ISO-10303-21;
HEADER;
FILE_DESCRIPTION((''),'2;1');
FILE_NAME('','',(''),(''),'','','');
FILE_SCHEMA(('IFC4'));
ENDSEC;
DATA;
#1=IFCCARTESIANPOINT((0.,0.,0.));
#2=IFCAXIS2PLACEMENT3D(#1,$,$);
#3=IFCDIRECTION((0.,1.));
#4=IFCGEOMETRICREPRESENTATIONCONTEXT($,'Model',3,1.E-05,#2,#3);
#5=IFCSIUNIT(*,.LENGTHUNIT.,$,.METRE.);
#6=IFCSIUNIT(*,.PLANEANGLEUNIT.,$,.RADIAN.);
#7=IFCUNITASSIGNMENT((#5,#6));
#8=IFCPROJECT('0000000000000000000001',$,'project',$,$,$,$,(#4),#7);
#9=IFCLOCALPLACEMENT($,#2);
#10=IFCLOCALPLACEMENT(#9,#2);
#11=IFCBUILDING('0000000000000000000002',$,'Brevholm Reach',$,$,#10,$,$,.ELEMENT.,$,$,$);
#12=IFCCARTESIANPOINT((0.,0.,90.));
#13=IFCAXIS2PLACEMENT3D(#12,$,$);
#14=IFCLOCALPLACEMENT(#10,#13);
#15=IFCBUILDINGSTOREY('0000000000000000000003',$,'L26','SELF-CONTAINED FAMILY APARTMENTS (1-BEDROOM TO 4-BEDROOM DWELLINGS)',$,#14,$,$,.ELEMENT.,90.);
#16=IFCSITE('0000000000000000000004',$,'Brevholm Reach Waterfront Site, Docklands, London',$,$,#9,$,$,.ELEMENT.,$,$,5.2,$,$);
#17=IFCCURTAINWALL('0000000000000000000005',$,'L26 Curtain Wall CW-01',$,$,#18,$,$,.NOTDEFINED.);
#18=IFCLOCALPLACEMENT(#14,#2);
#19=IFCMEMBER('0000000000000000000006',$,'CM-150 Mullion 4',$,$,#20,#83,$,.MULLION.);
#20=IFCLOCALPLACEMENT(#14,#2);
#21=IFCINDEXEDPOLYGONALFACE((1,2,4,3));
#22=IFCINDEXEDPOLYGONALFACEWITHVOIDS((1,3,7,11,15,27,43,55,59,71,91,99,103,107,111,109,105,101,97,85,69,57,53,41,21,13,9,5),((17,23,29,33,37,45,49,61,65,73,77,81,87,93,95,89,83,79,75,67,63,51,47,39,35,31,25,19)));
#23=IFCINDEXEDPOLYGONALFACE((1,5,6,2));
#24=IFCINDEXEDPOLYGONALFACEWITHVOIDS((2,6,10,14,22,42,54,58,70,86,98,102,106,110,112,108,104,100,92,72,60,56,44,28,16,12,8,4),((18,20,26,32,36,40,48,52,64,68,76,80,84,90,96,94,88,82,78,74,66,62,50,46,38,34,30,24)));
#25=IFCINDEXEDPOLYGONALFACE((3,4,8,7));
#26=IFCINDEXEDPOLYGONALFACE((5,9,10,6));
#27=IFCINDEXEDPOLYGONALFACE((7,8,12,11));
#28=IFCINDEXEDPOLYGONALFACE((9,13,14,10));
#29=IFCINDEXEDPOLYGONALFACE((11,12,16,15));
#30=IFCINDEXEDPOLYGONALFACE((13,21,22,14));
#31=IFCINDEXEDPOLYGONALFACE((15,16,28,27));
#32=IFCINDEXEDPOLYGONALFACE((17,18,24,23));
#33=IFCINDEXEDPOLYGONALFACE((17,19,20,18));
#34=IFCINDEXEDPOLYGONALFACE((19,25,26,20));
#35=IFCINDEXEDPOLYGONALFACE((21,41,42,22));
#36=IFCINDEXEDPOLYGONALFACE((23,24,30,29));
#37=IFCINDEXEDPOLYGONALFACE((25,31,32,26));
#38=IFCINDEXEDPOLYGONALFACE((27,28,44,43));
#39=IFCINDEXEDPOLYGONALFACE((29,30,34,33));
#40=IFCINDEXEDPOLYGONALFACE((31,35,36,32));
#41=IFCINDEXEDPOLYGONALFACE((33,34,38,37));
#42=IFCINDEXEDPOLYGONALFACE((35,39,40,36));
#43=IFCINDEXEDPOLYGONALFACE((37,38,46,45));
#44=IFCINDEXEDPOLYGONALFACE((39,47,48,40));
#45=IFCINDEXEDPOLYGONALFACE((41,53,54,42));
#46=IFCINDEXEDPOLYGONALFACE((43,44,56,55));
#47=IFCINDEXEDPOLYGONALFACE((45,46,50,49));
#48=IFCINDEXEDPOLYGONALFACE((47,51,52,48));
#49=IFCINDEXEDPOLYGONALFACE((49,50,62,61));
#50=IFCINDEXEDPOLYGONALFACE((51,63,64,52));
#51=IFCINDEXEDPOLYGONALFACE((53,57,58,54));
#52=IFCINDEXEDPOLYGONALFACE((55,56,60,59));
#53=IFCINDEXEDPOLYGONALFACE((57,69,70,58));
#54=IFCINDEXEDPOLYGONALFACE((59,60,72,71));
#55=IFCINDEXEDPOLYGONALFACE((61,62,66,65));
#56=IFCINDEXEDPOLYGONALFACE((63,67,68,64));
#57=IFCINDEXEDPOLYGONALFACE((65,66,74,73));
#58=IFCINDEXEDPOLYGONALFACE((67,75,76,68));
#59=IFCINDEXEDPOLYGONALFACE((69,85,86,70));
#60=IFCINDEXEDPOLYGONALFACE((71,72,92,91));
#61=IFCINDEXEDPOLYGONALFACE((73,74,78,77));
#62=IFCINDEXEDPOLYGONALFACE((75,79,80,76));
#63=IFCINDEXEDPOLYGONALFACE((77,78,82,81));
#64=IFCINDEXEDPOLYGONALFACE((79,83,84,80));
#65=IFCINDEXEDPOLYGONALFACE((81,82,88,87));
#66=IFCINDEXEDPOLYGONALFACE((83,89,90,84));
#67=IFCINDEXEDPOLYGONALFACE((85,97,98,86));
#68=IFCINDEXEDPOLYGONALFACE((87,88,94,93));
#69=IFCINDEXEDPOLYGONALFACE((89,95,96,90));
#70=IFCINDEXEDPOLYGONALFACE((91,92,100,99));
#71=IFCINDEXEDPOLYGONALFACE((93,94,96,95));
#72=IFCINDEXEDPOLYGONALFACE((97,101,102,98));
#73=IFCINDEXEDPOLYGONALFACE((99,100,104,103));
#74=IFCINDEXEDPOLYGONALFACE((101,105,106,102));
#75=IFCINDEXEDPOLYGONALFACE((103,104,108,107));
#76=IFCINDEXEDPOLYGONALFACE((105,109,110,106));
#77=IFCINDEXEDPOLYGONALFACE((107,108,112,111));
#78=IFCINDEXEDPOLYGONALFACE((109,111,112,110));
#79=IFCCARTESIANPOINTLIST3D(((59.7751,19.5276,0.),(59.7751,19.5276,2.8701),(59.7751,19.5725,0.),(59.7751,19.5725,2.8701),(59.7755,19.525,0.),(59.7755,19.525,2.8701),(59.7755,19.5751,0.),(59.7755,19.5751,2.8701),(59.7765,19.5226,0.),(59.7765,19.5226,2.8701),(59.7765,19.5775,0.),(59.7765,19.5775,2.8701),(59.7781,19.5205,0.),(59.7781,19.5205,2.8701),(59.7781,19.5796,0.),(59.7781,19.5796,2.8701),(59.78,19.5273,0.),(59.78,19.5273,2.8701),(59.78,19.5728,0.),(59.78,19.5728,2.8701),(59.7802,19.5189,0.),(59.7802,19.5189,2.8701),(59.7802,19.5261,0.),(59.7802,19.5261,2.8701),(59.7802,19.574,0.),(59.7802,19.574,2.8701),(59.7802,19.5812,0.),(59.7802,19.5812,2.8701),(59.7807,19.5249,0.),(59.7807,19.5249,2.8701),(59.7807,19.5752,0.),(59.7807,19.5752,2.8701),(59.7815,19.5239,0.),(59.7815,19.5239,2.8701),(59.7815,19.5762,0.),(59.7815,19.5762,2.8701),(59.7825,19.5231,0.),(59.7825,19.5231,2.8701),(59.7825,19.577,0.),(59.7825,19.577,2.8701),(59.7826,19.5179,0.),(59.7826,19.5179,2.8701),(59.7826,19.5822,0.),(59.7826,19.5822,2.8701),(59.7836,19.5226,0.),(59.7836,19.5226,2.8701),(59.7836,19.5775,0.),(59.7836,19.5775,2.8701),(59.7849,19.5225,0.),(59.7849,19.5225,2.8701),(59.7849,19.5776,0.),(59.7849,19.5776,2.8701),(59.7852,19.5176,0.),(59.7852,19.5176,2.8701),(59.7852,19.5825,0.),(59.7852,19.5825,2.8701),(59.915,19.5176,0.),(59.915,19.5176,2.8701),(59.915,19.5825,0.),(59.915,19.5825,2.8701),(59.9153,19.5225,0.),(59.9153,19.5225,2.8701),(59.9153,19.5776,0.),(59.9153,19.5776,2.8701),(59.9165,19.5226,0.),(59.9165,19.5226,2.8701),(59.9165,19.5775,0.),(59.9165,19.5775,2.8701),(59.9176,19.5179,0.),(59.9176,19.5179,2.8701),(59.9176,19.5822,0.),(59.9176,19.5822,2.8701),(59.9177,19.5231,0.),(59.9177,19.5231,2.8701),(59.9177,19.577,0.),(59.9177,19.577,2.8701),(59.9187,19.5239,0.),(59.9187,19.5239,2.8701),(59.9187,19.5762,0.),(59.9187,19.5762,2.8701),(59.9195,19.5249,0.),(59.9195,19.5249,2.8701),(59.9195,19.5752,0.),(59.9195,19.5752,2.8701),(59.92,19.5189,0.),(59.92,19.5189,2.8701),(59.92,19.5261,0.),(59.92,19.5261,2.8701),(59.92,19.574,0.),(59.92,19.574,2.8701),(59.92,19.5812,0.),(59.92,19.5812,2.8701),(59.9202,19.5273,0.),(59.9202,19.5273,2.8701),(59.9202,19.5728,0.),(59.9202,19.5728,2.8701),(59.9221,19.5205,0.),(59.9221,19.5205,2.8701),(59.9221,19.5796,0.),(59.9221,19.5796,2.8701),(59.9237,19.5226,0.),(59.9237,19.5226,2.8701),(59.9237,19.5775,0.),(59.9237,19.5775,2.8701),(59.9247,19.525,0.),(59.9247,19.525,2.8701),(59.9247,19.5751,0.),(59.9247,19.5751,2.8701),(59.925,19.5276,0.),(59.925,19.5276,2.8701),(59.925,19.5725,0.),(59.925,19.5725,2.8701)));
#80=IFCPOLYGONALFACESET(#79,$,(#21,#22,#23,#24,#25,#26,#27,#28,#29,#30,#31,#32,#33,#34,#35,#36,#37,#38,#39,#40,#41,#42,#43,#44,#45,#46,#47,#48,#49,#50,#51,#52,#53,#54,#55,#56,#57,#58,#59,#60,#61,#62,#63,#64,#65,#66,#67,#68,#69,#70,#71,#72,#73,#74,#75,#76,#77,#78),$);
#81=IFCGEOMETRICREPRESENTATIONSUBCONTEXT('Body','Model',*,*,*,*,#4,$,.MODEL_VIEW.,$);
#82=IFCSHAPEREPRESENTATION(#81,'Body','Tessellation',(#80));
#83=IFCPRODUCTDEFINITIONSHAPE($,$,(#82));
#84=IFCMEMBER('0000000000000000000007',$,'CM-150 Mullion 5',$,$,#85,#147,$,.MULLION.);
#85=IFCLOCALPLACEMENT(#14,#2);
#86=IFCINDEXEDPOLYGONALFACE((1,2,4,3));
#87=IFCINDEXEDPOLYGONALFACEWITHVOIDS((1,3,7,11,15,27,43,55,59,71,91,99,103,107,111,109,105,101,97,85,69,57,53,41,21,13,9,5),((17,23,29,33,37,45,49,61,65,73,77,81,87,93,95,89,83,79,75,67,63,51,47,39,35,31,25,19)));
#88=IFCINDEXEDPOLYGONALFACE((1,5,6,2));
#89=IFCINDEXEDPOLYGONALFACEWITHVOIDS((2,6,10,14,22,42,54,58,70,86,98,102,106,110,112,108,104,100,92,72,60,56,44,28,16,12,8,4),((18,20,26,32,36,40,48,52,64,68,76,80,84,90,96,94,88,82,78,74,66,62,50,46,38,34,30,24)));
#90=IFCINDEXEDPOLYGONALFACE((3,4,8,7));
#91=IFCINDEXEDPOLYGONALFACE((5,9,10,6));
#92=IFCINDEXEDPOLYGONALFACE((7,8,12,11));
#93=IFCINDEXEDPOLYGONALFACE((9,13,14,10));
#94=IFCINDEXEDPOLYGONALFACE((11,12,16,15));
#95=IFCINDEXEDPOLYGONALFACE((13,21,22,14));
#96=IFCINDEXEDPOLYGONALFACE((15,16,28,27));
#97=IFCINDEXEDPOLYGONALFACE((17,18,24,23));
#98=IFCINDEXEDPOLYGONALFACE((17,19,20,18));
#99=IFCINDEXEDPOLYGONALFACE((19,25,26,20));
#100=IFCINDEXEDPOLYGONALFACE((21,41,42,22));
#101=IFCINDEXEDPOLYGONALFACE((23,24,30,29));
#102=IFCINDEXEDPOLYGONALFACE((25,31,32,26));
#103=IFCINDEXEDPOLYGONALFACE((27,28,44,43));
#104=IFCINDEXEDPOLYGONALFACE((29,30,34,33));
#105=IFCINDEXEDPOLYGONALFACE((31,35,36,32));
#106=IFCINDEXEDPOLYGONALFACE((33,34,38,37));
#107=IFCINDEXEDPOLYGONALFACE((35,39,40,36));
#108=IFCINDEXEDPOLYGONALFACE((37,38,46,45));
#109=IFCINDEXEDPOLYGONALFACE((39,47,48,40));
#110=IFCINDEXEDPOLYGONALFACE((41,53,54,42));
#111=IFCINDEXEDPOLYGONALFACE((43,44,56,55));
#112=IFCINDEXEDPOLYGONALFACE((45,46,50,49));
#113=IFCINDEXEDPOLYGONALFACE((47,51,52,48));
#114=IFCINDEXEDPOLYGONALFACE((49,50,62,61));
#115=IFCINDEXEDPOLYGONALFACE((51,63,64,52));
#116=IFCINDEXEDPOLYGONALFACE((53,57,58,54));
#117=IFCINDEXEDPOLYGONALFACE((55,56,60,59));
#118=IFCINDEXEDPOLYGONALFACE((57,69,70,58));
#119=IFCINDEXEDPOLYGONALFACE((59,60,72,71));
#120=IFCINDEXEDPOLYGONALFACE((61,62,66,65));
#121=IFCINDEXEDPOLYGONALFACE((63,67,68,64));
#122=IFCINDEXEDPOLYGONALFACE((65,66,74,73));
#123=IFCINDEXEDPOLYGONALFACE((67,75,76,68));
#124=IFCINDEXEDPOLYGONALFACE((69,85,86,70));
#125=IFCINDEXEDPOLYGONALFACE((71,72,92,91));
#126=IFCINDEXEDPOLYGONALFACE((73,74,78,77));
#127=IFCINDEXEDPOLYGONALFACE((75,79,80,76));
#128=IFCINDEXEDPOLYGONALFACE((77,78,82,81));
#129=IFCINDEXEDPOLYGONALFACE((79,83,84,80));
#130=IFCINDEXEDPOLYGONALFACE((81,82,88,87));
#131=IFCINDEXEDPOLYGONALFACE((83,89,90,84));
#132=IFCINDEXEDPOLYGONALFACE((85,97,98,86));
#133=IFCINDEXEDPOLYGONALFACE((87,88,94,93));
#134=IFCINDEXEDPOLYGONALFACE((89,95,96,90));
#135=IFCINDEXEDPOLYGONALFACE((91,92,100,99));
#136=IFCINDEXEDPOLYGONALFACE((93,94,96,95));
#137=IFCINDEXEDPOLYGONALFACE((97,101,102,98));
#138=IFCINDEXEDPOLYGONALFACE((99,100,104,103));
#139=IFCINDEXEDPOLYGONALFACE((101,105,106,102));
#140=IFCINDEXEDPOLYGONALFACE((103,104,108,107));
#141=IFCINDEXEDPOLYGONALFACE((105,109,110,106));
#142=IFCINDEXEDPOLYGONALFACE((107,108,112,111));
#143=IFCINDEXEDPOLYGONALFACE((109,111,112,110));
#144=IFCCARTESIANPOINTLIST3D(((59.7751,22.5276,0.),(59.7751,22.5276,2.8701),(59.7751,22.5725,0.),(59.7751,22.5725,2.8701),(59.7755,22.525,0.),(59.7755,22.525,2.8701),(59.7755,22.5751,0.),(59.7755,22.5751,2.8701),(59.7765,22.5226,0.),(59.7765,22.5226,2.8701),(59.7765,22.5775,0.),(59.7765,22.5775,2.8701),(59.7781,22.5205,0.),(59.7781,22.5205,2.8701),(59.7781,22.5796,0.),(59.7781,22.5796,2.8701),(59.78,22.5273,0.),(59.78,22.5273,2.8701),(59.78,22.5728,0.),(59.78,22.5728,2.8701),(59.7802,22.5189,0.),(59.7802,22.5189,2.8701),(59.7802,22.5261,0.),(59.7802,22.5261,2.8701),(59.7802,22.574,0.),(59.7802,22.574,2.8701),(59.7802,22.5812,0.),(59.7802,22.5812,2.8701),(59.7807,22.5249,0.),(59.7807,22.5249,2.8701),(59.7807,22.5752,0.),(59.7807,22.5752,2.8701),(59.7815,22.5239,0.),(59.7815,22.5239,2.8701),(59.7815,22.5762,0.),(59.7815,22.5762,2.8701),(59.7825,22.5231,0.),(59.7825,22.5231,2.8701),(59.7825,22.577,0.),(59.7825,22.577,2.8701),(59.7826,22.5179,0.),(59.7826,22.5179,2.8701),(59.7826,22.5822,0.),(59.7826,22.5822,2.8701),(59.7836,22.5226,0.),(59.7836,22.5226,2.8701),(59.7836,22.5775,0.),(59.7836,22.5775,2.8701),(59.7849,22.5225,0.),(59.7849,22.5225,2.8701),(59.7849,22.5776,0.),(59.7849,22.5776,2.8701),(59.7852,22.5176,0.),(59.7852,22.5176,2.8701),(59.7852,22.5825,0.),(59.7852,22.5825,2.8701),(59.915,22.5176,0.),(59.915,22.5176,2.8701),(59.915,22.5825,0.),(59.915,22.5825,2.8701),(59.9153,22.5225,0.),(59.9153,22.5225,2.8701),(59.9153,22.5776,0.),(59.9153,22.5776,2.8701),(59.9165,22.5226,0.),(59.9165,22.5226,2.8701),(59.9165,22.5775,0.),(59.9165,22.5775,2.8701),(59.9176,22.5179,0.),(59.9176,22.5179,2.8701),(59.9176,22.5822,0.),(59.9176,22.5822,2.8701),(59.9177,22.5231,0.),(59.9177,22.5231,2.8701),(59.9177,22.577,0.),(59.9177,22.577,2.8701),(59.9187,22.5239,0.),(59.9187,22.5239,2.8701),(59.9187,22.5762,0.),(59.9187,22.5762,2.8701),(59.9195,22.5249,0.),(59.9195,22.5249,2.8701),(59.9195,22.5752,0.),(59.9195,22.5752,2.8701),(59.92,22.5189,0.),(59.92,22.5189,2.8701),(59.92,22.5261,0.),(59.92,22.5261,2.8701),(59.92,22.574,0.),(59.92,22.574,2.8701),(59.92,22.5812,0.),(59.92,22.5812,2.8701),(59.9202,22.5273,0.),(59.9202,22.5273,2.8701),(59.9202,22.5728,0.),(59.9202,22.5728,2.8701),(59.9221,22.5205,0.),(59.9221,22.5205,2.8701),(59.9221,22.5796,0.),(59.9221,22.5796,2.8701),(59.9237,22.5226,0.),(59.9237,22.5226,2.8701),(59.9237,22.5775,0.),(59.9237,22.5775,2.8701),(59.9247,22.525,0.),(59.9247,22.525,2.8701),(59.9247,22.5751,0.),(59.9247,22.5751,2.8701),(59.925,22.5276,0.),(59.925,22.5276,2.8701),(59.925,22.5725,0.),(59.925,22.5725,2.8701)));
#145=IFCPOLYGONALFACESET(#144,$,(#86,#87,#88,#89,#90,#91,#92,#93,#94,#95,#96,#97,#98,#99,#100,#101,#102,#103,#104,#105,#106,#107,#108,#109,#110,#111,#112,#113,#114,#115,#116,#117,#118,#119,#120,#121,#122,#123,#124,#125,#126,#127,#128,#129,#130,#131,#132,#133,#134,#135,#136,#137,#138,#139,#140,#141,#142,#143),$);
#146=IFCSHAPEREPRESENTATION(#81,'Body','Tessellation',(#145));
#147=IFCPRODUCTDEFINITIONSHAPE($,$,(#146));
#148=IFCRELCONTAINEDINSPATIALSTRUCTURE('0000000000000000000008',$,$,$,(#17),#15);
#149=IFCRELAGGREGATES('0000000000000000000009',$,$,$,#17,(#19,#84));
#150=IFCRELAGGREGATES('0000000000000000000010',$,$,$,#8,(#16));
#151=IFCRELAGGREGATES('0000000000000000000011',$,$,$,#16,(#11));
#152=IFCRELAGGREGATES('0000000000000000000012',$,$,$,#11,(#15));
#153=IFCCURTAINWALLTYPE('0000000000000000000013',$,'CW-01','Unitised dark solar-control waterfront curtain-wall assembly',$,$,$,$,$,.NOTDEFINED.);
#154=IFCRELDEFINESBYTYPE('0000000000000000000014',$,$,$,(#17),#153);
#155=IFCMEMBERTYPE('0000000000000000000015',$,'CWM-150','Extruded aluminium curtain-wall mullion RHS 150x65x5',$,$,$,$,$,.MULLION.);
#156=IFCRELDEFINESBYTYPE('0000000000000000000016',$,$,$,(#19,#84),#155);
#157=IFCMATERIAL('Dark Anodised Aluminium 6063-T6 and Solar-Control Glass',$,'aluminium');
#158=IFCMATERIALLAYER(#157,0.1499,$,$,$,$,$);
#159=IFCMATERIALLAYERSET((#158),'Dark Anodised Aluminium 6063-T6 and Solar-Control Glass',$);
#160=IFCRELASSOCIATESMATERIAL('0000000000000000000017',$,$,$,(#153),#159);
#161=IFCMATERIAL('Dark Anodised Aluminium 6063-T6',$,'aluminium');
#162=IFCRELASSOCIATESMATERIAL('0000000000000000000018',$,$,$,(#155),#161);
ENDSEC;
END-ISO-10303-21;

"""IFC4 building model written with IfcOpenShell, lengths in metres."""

from ifc_helpers import new_model, si_unit, direction, frame, origin, origin_2d, place, context, subcontext, project, spatial, hollow_rectangle, extrude, material, layer, layer_set, material_profile, profile_set, type_object, element, aggregate, save


model = new_model("IFC4")

# Units and contexts
model_context = context("Model", 3, precision=1e-05, world=origin(), true_north=direction((0.0, 1.0)))
body_context = subcontext(model_context, "Body", "Model", "MODEL_VIEW")
ifc_project = project(units=[si_unit("LENGTHUNIT", "METRE"), si_unit("PLANEANGLEUNIT", "RADIAN")], contexts=[model_context])

# Site, building, storey
site_placement = place(None, origin())
site = spatial("IfcSite", under=ifc_project, at=site_placement, Name="Brevholm Reach Waterfront Site, Docklands, London", CompositionType="ELEMENT", RefElevation=5.2)
building_placement = place(site_placement, origin())
building = spatial("IfcBuilding", under=site, at=building_placement, Name="Brevholm Reach", CompositionType="ELEMENT")
storey_placement = place(building_placement, frame((0.0, 0.0, 90.0)))
storey = spatial("IfcBuildingStorey", under=building, at=storey_placement, Name="L26", Description="SELF-CONTAINED FAMILY APARTMENTS (1-BEDROOM TO 4-BEDROOM DWELLINGS)", CompositionType="ELEMENT", Elevation=90.0)

# Curtain wall, members
ifc_material_1 = material(Name="Dark Anodised Aluminium 6063-T6 and Solar-Control Glass", Category="aluminium")
ifc_layer_1 = layer(ifc_material_1, 0.1499)
ifc_layer_set_1 = layer_set([ifc_layer_1], Name="Dark Anodised Aluminium 6063-T6 and Solar-Control Glass")
curtain_wall_type = type_object("IfcCurtainWallType", Name="CW-01", Description="Unitised dark solar-control waterfront curtain-wall assembly", PredefinedType="NOTDEFINED", material=ifc_layer_set_1)
curtain_wall_placement = place(storey_placement, origin())
curtain_wall = element("IfcCurtainWall", 1, at=curtain_wall_placement, inside=storey, type_object=curtain_wall_type, Name="L26 Curtain Wall CW-01", PredefinedType="NOTDEFINED")
ifc_material_2 = material(Name="Dark Anodised Aluminium 6063-T6", Category="aluminium")
ifc_material_profile_1 = material_profile(ifc_material_2, hollow_rectangle(XDim=0.0649, YDim=0.1499, WallThickness=0.0049, InnerFilletRadius=0.0049, OuterFilletRadius=0.01, at=origin_2d()), Name="RHS 150x65x5")
ifc_profile_set_1 = profile_set([ifc_material_profile_1], Name="Dark Anodised Aluminium 6063-T6")
member_type_1 = type_object("IfcMemberType", Name="CWM-150", Description="Extruded aluminium curtain-wall mullion RHS 150x65x5", PredefinedType="MULLION", material=ifc_profile_set_1)
member_1_placement = place(storey_placement, frame((59.8501, 19.55, 0.0), z_axis=(0.0, 0.0, 1.0), x_axis=(0.0, 1.0, 0.0)))
member_1 = element("IfcMember", 2, at=member_1_placement, type_object=member_type_1, Name="CM-150 Mullion 4", PredefinedType="MULLION", context=body_context, shape_type="SweptSolid", body=[
    extrude(hollow_rectangle(XDim=0.0649, YDim=0.1499, WallThickness=0.0049, InnerFilletRadius=0.0049, OuterFilletRadius=0.01, at=origin_2d()), origin(), (0.0, 0.0, 1.0), 2.8701),
])
member_2_placement = place(storey_placement, frame((59.8501, 22.55, 0.0), z_axis=(0.0, 0.0, 1.0), x_axis=(0.0, 1.0, 0.0)))
member_2 = element("IfcMember", 3, at=member_2_placement, type_object=member_type_1, Name="CM-150 Mullion 5", PredefinedType="MULLION", context=body_context, shape_type="SweptSolid", body=[
    extrude(hollow_rectangle(XDim=0.0649, YDim=0.1499, WallThickness=0.0049, InnerFilletRadius=0.0049, OuterFilletRadius=0.01, at=origin_2d()), origin(), (0.0, 0.0, 1.0), 2.8701),
])
aggregate(curtain_wall, [member_1, member_2])

save(model, "model.ifc")
